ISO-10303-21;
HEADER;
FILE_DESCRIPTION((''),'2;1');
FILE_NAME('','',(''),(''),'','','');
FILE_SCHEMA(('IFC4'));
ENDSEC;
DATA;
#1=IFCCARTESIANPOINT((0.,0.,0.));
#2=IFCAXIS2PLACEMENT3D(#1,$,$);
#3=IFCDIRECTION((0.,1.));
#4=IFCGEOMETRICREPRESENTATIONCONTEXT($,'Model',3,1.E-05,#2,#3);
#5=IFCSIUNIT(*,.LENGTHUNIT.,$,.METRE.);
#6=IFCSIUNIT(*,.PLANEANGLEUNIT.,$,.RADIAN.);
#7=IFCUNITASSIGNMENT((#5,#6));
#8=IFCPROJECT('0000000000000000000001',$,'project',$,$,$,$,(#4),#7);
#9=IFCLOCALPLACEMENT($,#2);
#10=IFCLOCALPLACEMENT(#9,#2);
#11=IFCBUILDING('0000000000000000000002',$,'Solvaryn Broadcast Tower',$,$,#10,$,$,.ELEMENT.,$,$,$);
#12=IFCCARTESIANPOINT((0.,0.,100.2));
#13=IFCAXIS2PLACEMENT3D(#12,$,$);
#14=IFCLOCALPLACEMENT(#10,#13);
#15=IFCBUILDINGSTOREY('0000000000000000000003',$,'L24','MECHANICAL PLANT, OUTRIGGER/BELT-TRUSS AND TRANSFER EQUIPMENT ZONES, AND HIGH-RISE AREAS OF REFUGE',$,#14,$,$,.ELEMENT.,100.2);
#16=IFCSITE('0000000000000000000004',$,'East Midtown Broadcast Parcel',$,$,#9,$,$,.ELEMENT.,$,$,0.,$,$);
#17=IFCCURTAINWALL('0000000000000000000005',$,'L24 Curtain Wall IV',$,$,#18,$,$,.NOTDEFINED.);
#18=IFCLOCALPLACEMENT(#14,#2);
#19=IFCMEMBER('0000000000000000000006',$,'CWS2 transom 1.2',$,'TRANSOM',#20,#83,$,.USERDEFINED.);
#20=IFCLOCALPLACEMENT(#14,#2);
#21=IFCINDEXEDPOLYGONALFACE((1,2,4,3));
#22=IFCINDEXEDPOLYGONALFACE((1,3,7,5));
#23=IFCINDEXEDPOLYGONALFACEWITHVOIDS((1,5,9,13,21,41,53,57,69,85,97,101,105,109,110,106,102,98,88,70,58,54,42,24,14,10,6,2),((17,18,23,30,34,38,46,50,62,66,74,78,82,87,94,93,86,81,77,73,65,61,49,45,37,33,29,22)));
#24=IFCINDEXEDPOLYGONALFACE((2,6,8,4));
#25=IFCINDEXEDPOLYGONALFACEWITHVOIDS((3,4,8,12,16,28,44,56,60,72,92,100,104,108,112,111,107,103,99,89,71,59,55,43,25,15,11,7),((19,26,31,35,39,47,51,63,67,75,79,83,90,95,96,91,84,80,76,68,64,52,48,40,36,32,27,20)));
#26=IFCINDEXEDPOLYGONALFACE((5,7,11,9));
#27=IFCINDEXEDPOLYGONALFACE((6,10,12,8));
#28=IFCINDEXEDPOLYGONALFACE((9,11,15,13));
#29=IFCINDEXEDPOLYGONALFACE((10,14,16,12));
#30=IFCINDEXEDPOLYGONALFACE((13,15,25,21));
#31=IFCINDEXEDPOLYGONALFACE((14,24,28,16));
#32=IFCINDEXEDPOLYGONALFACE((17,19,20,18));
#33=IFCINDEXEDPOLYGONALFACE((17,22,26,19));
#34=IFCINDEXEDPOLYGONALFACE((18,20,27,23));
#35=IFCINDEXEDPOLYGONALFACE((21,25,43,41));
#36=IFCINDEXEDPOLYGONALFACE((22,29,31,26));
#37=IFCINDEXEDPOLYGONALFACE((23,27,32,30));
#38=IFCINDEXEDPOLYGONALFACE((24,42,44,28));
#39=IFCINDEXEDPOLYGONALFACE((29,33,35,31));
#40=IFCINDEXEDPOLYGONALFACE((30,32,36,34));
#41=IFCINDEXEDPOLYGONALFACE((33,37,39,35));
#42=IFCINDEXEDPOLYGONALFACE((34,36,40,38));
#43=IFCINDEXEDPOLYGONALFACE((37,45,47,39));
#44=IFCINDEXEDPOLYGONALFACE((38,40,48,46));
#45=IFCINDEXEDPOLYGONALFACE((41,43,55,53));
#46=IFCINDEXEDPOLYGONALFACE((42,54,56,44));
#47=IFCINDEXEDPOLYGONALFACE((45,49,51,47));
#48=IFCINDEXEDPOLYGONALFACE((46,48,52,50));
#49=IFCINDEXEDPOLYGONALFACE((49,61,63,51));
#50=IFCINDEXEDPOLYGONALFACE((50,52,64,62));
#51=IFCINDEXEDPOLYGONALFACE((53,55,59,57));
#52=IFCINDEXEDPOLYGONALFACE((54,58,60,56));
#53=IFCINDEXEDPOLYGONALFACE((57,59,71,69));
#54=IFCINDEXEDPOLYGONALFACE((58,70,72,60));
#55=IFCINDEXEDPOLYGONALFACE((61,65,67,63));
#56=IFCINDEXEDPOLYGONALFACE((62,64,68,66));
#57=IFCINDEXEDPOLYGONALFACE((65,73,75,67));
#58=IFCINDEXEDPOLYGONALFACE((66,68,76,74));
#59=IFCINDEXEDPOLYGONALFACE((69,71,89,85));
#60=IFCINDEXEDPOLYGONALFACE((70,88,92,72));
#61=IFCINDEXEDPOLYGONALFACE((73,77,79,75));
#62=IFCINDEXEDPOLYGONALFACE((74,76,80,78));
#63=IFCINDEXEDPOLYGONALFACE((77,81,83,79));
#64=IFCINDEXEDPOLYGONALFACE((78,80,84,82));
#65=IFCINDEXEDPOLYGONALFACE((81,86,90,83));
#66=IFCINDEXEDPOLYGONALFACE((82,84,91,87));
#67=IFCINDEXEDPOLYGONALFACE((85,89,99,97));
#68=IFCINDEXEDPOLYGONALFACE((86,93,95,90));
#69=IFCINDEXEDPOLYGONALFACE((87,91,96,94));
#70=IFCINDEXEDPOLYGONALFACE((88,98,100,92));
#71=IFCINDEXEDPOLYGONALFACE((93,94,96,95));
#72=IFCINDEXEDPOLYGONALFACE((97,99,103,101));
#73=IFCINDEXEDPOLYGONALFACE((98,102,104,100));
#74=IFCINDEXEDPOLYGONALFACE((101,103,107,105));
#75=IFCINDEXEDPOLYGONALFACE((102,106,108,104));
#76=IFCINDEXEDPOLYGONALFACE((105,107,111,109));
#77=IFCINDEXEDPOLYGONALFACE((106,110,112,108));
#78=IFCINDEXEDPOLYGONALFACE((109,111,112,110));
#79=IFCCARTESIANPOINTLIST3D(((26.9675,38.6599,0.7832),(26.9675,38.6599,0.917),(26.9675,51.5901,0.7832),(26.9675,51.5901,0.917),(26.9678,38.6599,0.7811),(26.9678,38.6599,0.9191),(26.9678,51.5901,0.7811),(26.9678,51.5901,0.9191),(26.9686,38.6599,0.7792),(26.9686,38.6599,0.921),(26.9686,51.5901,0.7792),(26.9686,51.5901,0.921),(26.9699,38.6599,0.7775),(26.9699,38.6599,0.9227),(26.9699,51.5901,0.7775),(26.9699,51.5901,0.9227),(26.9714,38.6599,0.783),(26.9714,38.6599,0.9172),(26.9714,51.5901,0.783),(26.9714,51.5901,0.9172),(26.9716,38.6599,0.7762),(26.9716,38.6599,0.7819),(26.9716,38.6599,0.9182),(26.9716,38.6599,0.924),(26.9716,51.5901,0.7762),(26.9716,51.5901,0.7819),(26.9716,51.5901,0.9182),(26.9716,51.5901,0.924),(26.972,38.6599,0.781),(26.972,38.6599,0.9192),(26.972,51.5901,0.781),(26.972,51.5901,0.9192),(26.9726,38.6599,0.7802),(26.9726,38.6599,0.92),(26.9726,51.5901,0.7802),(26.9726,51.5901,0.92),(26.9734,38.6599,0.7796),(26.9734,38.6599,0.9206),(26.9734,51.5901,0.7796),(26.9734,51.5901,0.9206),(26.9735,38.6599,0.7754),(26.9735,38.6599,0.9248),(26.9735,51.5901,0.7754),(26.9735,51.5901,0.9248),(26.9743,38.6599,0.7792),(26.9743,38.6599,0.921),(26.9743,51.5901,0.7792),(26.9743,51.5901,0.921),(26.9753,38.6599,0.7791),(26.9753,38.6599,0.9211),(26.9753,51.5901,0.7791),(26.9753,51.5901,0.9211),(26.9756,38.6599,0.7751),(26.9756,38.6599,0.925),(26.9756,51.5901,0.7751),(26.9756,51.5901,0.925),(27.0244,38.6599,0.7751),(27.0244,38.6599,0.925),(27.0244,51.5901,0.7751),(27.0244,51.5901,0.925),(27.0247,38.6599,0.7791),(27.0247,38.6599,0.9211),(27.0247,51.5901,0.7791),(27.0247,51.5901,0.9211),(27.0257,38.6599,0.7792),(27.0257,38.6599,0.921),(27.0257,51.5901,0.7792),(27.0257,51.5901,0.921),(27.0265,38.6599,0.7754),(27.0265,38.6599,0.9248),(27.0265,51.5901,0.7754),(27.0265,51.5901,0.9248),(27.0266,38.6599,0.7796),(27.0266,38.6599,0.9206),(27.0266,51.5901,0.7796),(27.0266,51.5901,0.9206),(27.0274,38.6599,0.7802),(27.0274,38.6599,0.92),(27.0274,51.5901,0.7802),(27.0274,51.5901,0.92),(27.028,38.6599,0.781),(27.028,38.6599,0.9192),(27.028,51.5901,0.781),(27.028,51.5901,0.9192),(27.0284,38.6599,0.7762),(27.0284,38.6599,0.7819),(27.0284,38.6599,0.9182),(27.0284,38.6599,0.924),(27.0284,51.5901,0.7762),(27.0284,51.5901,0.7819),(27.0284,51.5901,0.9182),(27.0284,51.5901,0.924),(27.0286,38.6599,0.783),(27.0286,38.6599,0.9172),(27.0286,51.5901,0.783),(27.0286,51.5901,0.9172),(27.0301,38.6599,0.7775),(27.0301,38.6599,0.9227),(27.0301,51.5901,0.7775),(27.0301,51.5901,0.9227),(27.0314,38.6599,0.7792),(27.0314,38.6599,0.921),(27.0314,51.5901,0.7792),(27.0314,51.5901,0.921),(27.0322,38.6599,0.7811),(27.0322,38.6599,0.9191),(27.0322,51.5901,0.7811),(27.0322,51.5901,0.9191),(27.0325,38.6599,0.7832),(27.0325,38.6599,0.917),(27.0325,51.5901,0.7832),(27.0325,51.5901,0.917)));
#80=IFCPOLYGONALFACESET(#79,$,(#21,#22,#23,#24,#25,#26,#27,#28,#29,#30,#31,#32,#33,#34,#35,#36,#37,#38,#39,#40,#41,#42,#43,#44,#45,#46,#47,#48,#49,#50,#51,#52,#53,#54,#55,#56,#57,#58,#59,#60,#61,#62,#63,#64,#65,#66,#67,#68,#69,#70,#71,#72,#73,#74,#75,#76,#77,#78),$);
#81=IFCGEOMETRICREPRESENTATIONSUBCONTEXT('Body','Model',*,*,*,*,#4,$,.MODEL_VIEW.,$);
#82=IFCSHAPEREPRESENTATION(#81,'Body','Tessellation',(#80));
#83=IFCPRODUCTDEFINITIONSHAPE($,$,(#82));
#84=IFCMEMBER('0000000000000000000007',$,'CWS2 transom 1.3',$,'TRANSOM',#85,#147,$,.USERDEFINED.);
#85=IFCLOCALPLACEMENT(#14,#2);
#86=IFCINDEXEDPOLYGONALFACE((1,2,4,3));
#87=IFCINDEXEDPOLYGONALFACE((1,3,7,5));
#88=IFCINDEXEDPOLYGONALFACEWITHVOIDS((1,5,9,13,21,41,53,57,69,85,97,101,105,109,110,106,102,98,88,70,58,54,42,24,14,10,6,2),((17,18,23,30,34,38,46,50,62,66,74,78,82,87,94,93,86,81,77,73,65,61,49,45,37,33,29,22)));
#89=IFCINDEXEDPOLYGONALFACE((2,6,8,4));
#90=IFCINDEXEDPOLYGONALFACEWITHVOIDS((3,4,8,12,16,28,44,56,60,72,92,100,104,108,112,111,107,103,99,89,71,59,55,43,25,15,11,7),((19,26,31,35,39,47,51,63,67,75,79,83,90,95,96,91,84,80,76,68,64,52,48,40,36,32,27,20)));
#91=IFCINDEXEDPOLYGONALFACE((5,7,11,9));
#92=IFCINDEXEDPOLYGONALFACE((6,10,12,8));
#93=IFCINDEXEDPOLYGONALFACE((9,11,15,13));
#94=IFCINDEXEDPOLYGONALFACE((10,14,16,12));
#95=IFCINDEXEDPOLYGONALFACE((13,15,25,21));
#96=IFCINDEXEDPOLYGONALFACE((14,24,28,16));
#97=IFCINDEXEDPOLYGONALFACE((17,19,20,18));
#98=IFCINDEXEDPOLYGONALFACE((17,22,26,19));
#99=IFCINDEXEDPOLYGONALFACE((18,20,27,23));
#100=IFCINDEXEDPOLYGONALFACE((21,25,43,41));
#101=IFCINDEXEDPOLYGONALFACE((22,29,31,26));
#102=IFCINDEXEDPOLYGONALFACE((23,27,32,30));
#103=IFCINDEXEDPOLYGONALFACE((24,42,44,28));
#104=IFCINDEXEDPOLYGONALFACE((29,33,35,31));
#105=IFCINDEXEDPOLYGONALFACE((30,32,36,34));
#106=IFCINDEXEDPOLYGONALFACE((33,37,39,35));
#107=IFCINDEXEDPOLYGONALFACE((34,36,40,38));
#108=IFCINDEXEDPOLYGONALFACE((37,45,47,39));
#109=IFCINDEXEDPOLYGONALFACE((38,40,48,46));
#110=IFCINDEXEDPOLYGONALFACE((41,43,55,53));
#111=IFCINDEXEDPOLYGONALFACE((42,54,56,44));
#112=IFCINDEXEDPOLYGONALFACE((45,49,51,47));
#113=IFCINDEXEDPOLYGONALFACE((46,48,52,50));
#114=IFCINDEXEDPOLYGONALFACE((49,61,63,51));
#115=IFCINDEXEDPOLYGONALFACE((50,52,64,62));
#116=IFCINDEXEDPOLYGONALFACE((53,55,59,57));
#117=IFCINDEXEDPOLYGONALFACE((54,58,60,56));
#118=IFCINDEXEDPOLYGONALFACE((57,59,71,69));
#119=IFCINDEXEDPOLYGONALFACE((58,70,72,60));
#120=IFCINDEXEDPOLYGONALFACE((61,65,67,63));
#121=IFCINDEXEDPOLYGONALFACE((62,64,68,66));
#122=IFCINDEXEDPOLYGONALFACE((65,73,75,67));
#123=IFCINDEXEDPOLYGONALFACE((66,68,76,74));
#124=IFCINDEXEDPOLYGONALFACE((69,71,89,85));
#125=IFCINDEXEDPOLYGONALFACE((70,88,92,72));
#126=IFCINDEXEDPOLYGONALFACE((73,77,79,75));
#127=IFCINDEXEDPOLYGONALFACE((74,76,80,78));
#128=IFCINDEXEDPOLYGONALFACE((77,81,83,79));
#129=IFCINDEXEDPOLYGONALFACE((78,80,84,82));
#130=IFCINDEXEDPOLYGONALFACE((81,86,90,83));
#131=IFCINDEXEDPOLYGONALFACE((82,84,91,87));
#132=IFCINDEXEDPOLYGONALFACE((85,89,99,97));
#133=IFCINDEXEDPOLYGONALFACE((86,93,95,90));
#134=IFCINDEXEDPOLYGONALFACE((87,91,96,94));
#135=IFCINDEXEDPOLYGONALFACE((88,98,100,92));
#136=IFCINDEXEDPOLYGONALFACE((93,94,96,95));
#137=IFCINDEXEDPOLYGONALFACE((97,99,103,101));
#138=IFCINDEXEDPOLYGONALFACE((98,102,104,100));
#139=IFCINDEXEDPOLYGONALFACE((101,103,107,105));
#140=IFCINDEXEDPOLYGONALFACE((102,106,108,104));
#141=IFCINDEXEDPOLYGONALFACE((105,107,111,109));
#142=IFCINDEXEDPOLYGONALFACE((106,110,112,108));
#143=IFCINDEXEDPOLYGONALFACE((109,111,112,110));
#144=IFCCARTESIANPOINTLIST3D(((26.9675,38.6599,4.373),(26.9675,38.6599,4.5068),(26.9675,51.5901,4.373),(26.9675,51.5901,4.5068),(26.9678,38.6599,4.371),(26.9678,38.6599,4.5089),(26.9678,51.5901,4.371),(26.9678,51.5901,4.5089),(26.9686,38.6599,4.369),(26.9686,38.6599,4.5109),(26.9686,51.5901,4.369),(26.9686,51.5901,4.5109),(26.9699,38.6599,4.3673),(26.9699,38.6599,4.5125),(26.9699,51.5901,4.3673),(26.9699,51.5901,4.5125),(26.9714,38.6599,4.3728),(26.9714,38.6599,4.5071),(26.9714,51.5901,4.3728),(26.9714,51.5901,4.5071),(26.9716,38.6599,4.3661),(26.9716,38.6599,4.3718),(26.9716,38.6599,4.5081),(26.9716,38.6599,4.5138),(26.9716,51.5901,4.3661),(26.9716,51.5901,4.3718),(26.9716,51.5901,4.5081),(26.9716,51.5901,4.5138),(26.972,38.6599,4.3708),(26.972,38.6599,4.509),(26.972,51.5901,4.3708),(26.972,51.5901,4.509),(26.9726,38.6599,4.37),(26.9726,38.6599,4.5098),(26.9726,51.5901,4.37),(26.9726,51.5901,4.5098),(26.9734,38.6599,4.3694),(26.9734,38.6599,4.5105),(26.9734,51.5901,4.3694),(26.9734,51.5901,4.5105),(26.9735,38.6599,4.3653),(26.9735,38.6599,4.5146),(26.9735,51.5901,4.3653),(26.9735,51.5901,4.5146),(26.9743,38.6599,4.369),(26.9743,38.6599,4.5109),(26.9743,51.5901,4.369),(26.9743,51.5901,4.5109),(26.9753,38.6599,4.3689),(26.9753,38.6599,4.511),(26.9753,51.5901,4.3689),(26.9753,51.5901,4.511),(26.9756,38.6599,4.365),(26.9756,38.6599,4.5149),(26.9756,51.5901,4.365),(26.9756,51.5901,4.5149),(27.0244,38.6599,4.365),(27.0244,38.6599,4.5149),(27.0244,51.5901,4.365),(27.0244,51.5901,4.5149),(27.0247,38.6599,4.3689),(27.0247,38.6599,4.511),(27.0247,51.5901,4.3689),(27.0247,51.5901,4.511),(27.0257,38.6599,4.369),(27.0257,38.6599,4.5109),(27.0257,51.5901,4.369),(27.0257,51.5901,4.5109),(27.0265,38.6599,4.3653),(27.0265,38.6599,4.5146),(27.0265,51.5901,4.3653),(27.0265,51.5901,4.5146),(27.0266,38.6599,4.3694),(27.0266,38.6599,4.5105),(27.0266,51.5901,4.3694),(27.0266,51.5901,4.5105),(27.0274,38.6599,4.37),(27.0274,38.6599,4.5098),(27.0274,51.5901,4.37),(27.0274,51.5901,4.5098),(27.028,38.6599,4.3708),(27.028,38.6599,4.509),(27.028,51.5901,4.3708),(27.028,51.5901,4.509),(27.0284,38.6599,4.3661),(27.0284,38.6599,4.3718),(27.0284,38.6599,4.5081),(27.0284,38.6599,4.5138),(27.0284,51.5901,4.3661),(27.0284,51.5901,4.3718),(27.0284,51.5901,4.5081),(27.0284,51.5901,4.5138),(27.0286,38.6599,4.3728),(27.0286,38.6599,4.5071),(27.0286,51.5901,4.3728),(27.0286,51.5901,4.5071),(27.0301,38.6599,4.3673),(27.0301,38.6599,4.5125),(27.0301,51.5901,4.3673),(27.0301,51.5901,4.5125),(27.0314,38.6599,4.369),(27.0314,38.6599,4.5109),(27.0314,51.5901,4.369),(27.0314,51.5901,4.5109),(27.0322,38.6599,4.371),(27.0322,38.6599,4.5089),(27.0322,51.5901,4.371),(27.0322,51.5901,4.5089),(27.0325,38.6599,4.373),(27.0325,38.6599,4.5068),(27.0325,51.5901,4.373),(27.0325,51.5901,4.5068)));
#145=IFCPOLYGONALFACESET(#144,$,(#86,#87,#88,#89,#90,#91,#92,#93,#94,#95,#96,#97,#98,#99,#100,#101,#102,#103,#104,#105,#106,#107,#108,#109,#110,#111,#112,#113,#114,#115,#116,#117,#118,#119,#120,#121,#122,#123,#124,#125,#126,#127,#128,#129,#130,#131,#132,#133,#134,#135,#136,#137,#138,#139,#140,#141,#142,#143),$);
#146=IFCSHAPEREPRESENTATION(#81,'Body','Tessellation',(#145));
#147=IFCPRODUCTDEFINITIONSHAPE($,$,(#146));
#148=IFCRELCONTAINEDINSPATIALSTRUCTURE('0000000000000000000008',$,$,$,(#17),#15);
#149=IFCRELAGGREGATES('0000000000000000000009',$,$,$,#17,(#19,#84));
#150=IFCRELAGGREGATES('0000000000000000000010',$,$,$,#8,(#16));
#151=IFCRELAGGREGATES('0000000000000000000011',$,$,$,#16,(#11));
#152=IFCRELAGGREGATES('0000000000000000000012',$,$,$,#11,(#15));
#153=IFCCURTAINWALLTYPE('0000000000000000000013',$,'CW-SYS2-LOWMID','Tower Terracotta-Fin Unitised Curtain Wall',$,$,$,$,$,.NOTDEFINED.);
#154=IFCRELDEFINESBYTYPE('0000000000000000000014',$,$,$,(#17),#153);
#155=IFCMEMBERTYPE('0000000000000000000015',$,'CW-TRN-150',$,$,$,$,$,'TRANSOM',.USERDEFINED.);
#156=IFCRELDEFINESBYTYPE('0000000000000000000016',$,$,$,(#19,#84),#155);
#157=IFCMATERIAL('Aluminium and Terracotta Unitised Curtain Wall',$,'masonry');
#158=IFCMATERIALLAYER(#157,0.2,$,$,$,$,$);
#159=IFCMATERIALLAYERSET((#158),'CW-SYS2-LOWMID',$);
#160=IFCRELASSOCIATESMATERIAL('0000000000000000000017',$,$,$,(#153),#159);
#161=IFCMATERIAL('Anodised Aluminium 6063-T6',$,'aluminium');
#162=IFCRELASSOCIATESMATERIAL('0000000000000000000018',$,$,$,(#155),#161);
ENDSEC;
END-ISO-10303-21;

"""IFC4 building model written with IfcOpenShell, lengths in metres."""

from ifc_helpers import new_model, si_unit, direction, frame, origin, origin_2d, place, context, subcontext, project, spatial, hollow_rectangle, extrude, material, layer, layer_set, material_profile, profile_set, type_object, element, aggregate, save


model = new_model("IFC4")

# Units and contexts
model_context = context("Model", 3, precision=1e-05, world=origin(), true_north=direction((0.0, 1.0)))
body_context = subcontext(model_context, "Body", "Model", "MODEL_VIEW")
ifc_project = project(units=[si_unit("LENGTHUNIT", "METRE"), si_unit("PLANEANGLEUNIT", "RADIAN")], contexts=[model_context])

# Site, building, storey
site_placement = place(None, origin())
site = spatial("IfcSite", under=ifc_project, at=site_placement, Name="East Midtown Broadcast Parcel", CompositionType="ELEMENT", RefElevation=0.0)
building_placement = place(site_placement, origin())
building = spatial("IfcBuilding", under=site, at=building_placement, Name="Solvaryn Broadcast Tower", CompositionType="ELEMENT")
storey_placement = place(building_placement, frame((0.0, 0.0, 100.2)))
storey = spatial("IfcBuildingStorey", under=building, at=storey_placement, Name="L24", Description="MECHANICAL PLANT, OUTRIGGER/BELT-TRUSS AND TRANSFER EQUIPMENT ZONES, AND HIGH-RISE AREAS OF REFUGE", CompositionType="ELEMENT", Elevation=100.2)

# Curtain wall
ifc_material_1 = material(Name="Aluminium and Terracotta Unitised Curtain Wall", Category="masonry")
ifc_layer_1 = layer(ifc_material_1, 0.2)
ifc_layer_set_1 = layer_set([ifc_layer_1], Name="CW-SYS2-LOWMID")
curtain_wall_type = type_object("IfcCurtainWallType", Name="CW-SYS2-LOWMID", Description="Tower Terracotta-Fin Unitised Curtain Wall", PredefinedType="NOTDEFINED", material=ifc_layer_set_1)
curtain_wall_1_placement = place(storey_placement, origin())
curtain_wall_1 = element("IfcCurtainWall", 1, at=curtain_wall_1_placement, inside=storey, type_object=curtain_wall_type, Name="L24 Curtain Wall IV", PredefinedType="NOTDEFINED")

# Members
ifc_material_2 = material(Name="Anodised Aluminium 6063-T6", Category="aluminium")
ifc_material_profile_1 = material_profile(ifc_material_2, hollow_rectangle(XDim=0.0649, YDim=0.1499, WallThickness=0.0039, InnerFilletRadius=0.0039, OuterFilletRadius=0.0081, at=origin_2d()))
ifc_profile_set_1 = profile_set([ifc_material_profile_1], Name="Anodised Aluminium 6063-T6")
member_type_1 = type_object("IfcMemberType", Name="CW-TRN-150", ElementType="TRANSOM", PredefinedType="USERDEFINED", material=ifc_profile_set_1)
member_1_placement = place(storey_placement, frame((27.0, 51.5901, 0.8501), z_axis=(0.0, -1.0, 0.0), x_axis=(1.0, 0.0, 0.0)))
member_1 = element("IfcMember", 2, at=member_1_placement, type_object=member_type_1, Name="CWS2 transom 1.2", ObjectType="TRANSOM", PredefinedType="USERDEFINED", context=body_context, shape_type="SweptSolid", body=[
    extrude(hollow_rectangle(XDim=0.0649, YDim=0.1499, WallThickness=0.0039, InnerFilletRadius=0.0039, OuterFilletRadius=0.0081, at=origin_2d()), origin(), (0.0, 0.0, 1.0), 12.9302),
])
member_2_placement = place(storey_placement, frame((27.0, 51.5901, 4.4399), z_axis=(0.0, -1.0, 0.0), x_axis=(1.0, 0.0, 0.0)))
member_2 = element("IfcMember", 3, at=member_2_placement, type_object=member_type_1, Name="CWS2 transom 1.3", ObjectType="TRANSOM", PredefinedType="USERDEFINED", context=body_context, shape_type="SweptSolid", body=[
    extrude(hollow_rectangle(XDim=0.0649, YDim=0.1499, WallThickness=0.0039, InnerFilletRadius=0.0039, OuterFilletRadius=0.0081, at=origin_2d()), origin(), (0.0, 0.0, 1.0), 12.9302),
])

aggregate(curtain_wall_1, [member_1, member_2])

save(model, "model.ifc")
